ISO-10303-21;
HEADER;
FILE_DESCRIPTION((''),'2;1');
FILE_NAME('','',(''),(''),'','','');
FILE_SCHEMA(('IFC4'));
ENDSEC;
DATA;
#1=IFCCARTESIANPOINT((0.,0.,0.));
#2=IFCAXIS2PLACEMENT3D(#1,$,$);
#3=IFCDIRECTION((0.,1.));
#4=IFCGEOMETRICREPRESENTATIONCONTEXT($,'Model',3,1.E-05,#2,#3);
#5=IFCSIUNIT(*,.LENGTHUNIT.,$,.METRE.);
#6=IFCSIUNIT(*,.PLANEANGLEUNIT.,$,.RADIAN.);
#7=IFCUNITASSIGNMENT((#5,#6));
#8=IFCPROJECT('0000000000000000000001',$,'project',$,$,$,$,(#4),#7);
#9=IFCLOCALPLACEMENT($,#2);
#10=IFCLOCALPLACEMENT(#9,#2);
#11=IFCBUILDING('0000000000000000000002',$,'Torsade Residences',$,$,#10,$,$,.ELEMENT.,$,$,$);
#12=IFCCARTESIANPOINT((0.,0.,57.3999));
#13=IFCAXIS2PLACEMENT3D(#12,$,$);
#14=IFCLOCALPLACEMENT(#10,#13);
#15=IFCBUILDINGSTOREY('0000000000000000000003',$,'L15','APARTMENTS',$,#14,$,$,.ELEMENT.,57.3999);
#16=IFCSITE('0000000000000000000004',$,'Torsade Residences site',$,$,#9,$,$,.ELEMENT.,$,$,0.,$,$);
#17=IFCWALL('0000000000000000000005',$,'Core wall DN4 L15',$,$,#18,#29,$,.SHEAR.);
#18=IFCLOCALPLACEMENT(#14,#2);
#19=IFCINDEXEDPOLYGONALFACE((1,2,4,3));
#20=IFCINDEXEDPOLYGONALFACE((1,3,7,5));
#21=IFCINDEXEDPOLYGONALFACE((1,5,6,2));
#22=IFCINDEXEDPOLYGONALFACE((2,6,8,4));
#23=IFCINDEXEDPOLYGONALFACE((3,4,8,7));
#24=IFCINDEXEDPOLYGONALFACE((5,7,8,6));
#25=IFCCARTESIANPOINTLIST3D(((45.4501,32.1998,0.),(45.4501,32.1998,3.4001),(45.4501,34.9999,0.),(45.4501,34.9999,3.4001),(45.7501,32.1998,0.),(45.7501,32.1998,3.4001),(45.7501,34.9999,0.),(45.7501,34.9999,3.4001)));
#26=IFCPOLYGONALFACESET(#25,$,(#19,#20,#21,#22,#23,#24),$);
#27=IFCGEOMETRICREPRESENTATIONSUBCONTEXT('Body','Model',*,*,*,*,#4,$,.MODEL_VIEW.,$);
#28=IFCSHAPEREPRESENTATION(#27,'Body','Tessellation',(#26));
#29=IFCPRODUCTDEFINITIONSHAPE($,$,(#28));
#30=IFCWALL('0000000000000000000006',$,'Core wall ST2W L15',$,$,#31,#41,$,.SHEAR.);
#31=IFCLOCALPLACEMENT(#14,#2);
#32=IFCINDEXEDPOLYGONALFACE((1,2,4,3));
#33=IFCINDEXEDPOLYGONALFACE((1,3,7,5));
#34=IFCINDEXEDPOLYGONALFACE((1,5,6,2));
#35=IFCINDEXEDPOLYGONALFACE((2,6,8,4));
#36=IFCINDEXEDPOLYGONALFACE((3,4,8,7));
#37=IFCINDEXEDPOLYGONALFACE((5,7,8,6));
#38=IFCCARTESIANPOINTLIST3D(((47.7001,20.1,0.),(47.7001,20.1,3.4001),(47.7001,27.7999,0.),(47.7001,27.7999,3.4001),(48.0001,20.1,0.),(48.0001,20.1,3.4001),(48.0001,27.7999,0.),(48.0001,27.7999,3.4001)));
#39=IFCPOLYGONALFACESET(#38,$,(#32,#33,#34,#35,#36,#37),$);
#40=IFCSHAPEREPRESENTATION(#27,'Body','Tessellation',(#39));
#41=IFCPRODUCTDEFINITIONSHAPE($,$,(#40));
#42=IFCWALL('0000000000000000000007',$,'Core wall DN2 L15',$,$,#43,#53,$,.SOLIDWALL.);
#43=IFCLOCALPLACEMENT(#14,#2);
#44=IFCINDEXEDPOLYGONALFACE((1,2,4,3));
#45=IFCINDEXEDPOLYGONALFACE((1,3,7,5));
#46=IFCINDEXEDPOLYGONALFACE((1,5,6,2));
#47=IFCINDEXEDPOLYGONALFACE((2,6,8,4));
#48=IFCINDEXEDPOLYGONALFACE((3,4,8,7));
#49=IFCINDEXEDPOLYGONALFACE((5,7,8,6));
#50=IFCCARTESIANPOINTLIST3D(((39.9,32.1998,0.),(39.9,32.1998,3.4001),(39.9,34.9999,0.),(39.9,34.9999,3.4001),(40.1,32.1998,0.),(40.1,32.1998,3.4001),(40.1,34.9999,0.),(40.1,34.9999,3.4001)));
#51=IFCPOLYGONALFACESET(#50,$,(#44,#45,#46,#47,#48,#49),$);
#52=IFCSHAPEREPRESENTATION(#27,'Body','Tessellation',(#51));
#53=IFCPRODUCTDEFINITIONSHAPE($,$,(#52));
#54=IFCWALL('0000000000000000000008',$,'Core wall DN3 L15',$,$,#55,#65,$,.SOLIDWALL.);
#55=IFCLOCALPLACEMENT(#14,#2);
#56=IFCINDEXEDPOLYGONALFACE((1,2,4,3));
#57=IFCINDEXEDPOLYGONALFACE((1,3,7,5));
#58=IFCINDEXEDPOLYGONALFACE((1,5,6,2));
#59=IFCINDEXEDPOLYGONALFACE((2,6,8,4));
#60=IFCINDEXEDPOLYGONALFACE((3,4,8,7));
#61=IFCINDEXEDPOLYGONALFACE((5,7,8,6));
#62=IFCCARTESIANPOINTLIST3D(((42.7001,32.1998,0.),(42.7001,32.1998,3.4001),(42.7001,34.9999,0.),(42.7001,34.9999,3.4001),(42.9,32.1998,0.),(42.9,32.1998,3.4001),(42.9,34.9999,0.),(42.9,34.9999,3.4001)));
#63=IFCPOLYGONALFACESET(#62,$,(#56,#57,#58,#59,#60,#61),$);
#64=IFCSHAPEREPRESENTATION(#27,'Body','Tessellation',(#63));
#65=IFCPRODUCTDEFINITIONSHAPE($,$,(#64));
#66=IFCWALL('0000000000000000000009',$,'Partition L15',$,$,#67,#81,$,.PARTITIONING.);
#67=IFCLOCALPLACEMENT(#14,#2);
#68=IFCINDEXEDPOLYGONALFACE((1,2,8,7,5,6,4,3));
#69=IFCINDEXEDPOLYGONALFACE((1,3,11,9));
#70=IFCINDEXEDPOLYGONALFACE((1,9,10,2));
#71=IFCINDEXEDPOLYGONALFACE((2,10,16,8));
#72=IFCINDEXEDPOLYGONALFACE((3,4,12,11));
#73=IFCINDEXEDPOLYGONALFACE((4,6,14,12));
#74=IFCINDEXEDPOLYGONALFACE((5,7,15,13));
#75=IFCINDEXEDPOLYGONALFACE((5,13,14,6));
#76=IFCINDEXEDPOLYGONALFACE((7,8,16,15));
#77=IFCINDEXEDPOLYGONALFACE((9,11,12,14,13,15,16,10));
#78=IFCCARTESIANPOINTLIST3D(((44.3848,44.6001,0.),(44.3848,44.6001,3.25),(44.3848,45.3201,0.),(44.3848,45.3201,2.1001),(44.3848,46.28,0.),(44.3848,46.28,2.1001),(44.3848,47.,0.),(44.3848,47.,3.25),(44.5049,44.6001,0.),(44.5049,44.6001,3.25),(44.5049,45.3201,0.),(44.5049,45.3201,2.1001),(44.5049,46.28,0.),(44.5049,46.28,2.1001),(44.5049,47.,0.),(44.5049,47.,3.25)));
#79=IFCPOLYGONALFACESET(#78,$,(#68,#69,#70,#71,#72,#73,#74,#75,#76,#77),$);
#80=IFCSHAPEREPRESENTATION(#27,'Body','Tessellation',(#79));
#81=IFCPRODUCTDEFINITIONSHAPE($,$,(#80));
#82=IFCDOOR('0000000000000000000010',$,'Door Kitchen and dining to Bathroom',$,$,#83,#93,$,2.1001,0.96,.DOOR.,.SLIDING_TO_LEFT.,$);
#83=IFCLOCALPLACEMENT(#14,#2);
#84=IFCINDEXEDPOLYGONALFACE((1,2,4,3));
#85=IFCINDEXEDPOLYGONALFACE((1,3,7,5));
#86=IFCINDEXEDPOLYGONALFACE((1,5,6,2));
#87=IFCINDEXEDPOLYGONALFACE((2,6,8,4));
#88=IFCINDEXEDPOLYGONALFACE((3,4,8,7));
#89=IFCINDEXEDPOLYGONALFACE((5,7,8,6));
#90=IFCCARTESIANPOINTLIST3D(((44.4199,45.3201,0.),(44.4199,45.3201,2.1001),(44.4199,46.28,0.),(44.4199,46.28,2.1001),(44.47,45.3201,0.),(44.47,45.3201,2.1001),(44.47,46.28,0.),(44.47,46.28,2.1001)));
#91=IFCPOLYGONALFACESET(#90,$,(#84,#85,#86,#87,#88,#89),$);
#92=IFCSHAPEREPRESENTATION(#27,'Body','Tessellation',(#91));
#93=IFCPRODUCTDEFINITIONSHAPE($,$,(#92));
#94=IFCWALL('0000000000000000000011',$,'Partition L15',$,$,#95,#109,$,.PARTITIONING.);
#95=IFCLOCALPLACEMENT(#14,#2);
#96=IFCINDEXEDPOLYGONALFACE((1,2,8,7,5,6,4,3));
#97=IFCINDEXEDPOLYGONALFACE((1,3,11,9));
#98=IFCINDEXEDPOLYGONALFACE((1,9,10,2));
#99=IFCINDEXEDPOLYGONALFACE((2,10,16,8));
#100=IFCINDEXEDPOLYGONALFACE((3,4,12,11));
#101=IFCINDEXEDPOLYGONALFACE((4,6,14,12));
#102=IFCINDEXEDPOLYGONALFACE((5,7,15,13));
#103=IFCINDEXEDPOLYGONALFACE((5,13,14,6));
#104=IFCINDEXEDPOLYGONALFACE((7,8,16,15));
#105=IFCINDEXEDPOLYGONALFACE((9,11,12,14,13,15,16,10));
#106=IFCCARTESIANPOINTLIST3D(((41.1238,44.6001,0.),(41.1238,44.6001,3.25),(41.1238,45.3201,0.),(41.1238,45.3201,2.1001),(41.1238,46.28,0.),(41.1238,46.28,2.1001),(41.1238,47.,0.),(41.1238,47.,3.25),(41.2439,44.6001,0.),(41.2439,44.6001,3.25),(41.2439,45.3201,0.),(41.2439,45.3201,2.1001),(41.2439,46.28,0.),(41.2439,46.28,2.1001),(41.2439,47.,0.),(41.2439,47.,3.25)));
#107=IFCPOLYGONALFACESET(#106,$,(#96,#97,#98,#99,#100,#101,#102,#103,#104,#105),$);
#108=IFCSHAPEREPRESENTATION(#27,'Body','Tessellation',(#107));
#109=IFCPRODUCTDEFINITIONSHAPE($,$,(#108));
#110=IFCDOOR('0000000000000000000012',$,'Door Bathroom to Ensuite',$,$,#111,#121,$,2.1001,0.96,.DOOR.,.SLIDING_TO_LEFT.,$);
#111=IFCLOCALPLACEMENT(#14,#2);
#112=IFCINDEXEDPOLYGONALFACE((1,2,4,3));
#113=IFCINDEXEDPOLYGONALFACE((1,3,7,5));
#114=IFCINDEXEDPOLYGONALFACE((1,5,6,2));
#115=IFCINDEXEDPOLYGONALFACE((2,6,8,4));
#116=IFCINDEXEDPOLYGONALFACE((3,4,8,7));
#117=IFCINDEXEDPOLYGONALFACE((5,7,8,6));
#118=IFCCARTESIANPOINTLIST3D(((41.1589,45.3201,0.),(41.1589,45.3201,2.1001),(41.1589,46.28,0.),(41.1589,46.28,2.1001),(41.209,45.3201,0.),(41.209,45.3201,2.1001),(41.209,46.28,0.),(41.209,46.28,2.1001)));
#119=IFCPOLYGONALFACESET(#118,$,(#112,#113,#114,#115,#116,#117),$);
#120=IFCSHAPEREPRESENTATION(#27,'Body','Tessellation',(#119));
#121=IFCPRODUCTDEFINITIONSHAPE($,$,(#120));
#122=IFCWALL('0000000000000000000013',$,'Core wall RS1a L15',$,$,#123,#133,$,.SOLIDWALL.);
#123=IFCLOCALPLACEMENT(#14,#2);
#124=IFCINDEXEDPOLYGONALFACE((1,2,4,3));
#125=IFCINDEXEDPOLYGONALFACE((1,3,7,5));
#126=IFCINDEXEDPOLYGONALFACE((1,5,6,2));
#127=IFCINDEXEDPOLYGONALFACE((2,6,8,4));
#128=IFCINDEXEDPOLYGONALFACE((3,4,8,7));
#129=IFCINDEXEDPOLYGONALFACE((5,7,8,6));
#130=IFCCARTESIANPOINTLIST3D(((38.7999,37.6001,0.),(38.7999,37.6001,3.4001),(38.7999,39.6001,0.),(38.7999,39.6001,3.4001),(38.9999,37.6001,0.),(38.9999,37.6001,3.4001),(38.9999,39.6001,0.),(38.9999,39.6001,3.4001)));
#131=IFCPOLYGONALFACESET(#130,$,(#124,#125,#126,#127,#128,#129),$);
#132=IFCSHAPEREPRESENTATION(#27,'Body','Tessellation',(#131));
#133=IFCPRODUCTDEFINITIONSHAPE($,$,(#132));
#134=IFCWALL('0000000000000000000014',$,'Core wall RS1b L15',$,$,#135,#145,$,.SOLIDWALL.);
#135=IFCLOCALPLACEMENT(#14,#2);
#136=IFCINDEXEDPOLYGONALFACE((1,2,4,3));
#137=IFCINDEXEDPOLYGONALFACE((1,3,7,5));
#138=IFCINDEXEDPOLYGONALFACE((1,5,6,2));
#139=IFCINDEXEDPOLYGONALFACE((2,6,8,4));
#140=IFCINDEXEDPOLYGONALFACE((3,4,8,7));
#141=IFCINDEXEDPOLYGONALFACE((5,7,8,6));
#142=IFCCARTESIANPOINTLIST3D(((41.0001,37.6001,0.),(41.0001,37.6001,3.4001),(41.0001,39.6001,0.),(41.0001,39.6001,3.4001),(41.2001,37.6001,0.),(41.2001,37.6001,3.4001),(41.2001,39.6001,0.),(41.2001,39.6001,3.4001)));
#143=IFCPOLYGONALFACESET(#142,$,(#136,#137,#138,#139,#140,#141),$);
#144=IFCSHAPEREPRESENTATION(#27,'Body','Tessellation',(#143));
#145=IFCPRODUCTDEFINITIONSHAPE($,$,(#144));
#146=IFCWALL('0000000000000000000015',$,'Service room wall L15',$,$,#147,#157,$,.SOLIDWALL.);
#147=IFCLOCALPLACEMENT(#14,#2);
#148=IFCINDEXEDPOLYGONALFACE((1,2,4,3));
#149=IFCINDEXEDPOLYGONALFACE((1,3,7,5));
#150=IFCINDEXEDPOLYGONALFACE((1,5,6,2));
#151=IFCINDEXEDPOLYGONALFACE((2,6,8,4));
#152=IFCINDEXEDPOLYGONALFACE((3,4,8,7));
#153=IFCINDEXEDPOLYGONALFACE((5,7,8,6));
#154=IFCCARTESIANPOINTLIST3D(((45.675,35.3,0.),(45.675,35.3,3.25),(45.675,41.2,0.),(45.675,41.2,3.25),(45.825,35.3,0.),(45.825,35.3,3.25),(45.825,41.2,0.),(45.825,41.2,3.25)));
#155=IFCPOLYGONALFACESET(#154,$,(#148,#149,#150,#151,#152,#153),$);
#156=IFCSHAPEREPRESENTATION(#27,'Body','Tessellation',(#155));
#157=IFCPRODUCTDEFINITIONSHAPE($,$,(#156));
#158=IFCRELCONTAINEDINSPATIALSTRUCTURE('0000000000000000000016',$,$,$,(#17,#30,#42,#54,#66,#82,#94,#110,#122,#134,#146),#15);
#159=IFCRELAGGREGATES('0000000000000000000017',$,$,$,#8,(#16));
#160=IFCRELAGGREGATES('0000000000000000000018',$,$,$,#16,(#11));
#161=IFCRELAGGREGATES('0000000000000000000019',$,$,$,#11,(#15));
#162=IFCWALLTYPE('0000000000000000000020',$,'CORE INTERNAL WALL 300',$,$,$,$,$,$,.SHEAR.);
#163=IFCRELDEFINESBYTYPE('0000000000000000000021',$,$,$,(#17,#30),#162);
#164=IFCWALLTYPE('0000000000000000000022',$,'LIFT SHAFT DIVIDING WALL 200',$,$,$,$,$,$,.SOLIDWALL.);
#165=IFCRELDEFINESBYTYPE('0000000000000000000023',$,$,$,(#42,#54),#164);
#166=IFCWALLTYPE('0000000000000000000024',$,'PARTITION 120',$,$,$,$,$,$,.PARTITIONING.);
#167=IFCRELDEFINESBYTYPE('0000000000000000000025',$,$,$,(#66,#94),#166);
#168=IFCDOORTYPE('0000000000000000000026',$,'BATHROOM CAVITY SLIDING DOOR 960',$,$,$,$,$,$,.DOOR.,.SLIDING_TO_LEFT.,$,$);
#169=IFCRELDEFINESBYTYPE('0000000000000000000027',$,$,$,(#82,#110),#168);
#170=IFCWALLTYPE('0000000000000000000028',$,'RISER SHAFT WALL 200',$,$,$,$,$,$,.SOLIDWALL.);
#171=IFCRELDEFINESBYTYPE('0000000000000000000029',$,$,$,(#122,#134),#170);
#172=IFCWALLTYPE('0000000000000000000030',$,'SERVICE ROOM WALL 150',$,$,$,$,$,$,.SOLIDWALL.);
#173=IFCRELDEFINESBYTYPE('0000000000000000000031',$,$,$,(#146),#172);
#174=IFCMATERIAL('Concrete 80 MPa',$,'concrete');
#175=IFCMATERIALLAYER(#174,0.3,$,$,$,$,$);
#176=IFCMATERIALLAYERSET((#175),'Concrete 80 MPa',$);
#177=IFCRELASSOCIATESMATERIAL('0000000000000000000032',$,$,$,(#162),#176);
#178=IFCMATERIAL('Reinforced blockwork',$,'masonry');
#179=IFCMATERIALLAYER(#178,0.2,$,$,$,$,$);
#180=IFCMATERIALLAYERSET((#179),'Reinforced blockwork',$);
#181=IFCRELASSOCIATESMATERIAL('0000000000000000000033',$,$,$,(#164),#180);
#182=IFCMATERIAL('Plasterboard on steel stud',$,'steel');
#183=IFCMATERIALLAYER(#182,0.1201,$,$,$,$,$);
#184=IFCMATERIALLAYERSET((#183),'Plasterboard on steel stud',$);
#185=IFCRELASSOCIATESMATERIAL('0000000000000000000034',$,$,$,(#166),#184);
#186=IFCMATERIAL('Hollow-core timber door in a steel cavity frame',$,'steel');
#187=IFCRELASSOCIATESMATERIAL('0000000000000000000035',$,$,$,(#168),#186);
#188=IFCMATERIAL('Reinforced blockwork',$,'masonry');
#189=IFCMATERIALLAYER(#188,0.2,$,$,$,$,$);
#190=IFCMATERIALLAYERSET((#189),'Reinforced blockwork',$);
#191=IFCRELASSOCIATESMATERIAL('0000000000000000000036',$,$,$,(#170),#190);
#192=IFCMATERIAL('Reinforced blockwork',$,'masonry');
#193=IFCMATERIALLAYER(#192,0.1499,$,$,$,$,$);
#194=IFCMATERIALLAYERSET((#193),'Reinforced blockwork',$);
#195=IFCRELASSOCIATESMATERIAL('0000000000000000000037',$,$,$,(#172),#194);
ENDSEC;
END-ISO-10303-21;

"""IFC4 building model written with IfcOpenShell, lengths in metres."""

from ifc_helpers import new_model, si_unit, direction, frame, frame_2d, origin, place, context, subcontext, project, spatial, rectangle, extrude, material, layer, layer_set, type_object, element, fill, save


model = new_model("IFC4")

# Units and contexts
model_context = context("Model", 3, precision=1e-05, world=origin(), true_north=direction((0.0, 1.0)))
body_context = subcontext(model_context, "Body", "Model", "MODEL_VIEW")
ifc_project = project(units=[si_unit("LENGTHUNIT", "METRE"), si_unit("PLANEANGLEUNIT", "RADIAN")], contexts=[model_context])

# Site, building, storey
site_placement = place(None, origin())
site = spatial("IfcSite", under=ifc_project, at=site_placement, Name="Torsade Residences site", CompositionType="ELEMENT", RefElevation=0.0)
building_placement = place(site_placement, origin())
building = spatial("IfcBuilding", under=site, at=building_placement, Name="Torsade Residences", CompositionType="ELEMENT")
storey_placement = place(building_placement, frame((0.0, 0.0, 57.3999)))
storey = spatial("IfcBuildingStorey", under=building, at=storey_placement, Name="L15", Description="APARTMENTS", CompositionType="ELEMENT", Elevation=57.3999)

# Walls
ifc_material_1 = material(Name="Concrete 80 MPa", Category="concrete")
ifc_layer_1 = layer(ifc_material_1, 0.3)
ifc_layer_set_1 = layer_set([ifc_layer_1], Name="Concrete 80 MPa")
wall_type_1 = type_object("IfcWallType", Name="CORE INTERNAL WALL 300", PredefinedType="SHEAR", material=ifc_layer_set_1)
wall_1_placement = place(storey_placement, frame((45.6001, 32.2, 0.0), z_axis=(0.0, 0.0, 1.0), x_axis=(0.0, 1.0, 0.0)))
element("IfcWall", 1, at=wall_1_placement, inside=storey, type_object=wall_type_1, Name="Core wall DN4 L15", PredefinedType="SHEAR", context=body_context, shape_type="SweptSolid", body=[
    extrude(rectangle(XDim=2.8, YDim=0.3, at=frame_2d((1.3999, 0.0))), origin(), (0.0, 0.0, 1.0), 3.4001),
])
wall_2_placement = place(storey_placement, frame((47.8501, 27.8, 0.0), z_axis=(0.0, 0.0, 1.0), x_axis=(0.0, -1.0, 0.0)))
element("IfcWall", 2, at=wall_2_placement, inside=storey, type_object=wall_type_1, Name="Core wall ST2W L15", PredefinedType="SHEAR", context=body_context, shape_type="SweptSolid", body=[
    extrude(rectangle(XDim=7.7, YDim=0.3, at=frame_2d((3.8501, 0.0))), origin(), (0.0, 0.0, 1.0), 3.4001),
])
ifc_material_2 = material(Name="Reinforced blockwork", Category="masonry")
ifc_layer_2 = layer(ifc_material_2, 0.2)
ifc_layer_set_2 = layer_set([ifc_layer_2], Name="Reinforced blockwork")
wall_type_2 = type_object("IfcWallType", Name="LIFT SHAFT DIVIDING WALL 200", PredefinedType="SOLIDWALL", material=ifc_layer_set_2)
for number, where, z_axis, x_axis, name in (
    (3, (40.0, 32.2, 0.0), (0.0, 0.0, 1.0), (0.0, 1.0, 0.0), "Core wall DN2 L15"),
    (4, (42.8, 32.2, 0.0), (0.0, 0.0, 1.0), (0.0, 1.0, 0.0), "Core wall DN3 L15"),
):
    element("IfcWall", number, at=place(storey_placement, frame(where, z_axis=z_axis, x_axis=x_axis)), inside=storey, type_object=wall_type_2, Name=name, PredefinedType="SOLIDWALL", context=body_context, shape_type="SweptSolid", body=[
        extrude(rectangle(XDim=2.8, YDim=0.2, at=frame_2d((1.3999, 0.0))), origin(), (0.0, 0.0, 1.0), 3.4001),
    ])

# Walls, openings, doors
ifc_material_3 = material(Name="Plasterboard on steel stud", Category="steel")
ifc_layer_3 = layer(ifc_material_3, 0.1201)
ifc_layer_set_3 = layer_set([ifc_layer_3], Name="Plasterboard on steel stud")
wall_type_3 = type_object("IfcWallType", Name="PARTITION 120", PredefinedType="PARTITIONING", material=ifc_layer_set_3)
wall_3_placement = place(storey_placement, frame((44.4448, 44.6001, 0.0), z_axis=(0.0, 0.0, 1.0), x_axis=(0.0, 1.0, 0.0)))
wall_3 = element("IfcWall", 5, at=wall_3_placement, inside=storey, type_object=wall_type_3, Name="Partition L15", PredefinedType="PARTITIONING", context=body_context, shape_type="SweptSolid", body=[
    extrude(rectangle(XDim=2.3999, YDim=0.1201, at=frame_2d((1.2, 0.0))), origin(), (0.0, 0.0, 1.0), 3.25),
])
opening_1_placement = place(wall_3_placement, frame((0.72, 0.0, 0.0)))
opening_1 = element("IfcOpeningElement", 6, at=opening_1_placement, cuts=wall_3, PredefinedType="OPENING", context=body_context, shape_type="SweptSolid", body=[
    extrude(rectangle(XDim=0.96, YDim=2.1001, at=frame_2d((0.48, 1.05))), frame((0.0, 0.0701, 0.0), z_axis=(0.0, -1.0, 0.0), x_axis=(1.0, 0.0, 0.0)), (0.0, 0.0, 1.0), 0.1401),
])
ifc_material_4 = material(Name="Hollow-core timber door in a steel cavity frame", Category="steel")
door_type_1 = type_object("IfcDoorType", Name="BATHROOM CAVITY SLIDING DOOR 960", OperationType="SLIDING_TO_LEFT", PredefinedType="DOOR", material=ifc_material_4)
door_1_placement = place(opening_1_placement, origin())
door_1 = element("IfcDoor", 7, at=door_1_placement, inside=storey, type_object=door_type_1, Name="Door Kitchen and dining to Bathroom", OperationType="SLIDING_TO_LEFT", OverallHeight=2.1001, OverallWidth=0.96, PredefinedType="DOOR", context=body_context, shape_type="SweptSolid", body=[
    extrude(rectangle(XDim=0.96, YDim=2.1001, at=frame_2d((0.48, 1.05))), frame((0.0, 0.0249, 0.0), z_axis=(0.0, -1.0, 0.0), x_axis=(1.0, 0.0, 0.0)), (0.0, 0.0, 1.0), 0.05),
])
fill(opening_1, door_1)
wall_4_placement = place(storey_placement, frame((41.1838, 44.6001, 0.0), z_axis=(0.0, 0.0, 1.0), x_axis=(0.0, 1.0, 0.0)))
wall_4 = element("IfcWall", 8, at=wall_4_placement, inside=storey, type_object=wall_type_3, Name="Partition L15", PredefinedType="PARTITIONING", context=body_context, shape_type="SweptSolid", body=[
    extrude(rectangle(XDim=2.3999, YDim=0.1201, at=frame_2d((1.2, 0.0))), origin(), (0.0, 0.0, 1.0), 3.25),
])
opening_2_placement = place(wall_4_placement, frame((0.72, 0.0, 0.0)))
opening_2 = element("IfcOpeningElement", 9, at=opening_2_placement, cuts=wall_4, PredefinedType="OPENING", context=body_context, shape_type="SweptSolid", body=[
    extrude(rectangle(XDim=0.96, YDim=2.1001, at=frame_2d((0.48, 1.05))), frame((0.0, 0.0701, 0.0), z_axis=(0.0, -1.0, 0.0), x_axis=(1.0, 0.0, 0.0)), (0.0, 0.0, 1.0), 0.1401),
])
door_2_placement = place(opening_2_placement, origin())
door_2 = element("IfcDoor", 10, at=door_2_placement, inside=storey, type_object=door_type_1, Name="Door Bathroom to Ensuite", OperationType="SLIDING_TO_LEFT", OverallHeight=2.1001, OverallWidth=0.96, PredefinedType="DOOR", context=body_context, shape_type="SweptSolid", body=[
    extrude(rectangle(XDim=0.96, YDim=2.1001, at=frame_2d((0.48, 1.05))), frame((0.0, 0.0249, 0.0), z_axis=(0.0, -1.0, 0.0), x_axis=(1.0, 0.0, 0.0)), (0.0, 0.0, 1.0), 0.05),
])
fill(opening_2, door_2)

# Walls
ifc_material_5 = material(Name="Reinforced blockwork", Category="masonry")
ifc_layer_4 = layer(ifc_material_5, 0.2)
ifc_layer_set_4 = layer_set([ifc_layer_4], Name="Reinforced blockwork")
wall_type_4 = type_object("IfcWallType", Name="RISER SHAFT WALL 200", PredefinedType="SOLIDWALL", material=ifc_layer_set_4)
for number, where, z_axis, x_axis, name in (
    (11, (38.8999, 37.6001, 0.0), (0.0, 0.0, 1.0), (0.0, 1.0, 0.0), "Core wall RS1a L15"),
    (12, (41.1001, 37.6001, 0.0), (0.0, 0.0, 1.0), (0.0, 1.0, 0.0), "Core wall RS1b L15"),
):
    element("IfcWall", number, at=place(storey_placement, frame(where, z_axis=z_axis, x_axis=x_axis)), inside=storey, type_object=wall_type_4, Name=name, PredefinedType="SOLIDWALL", context=body_context, shape_type="SweptSolid", body=[
        extrude(rectangle(XDim=2.0, YDim=0.2, at=frame_2d((1.0, 0.0))), origin(), (0.0, 0.0, 1.0), 3.4001),
    ])
ifc_material_6 = material(Name="Reinforced blockwork", Category="masonry")
ifc_layer_5 = layer(ifc_material_6, 0.1499)
ifc_layer_set_5 = layer_set([ifc_layer_5], Name="Reinforced blockwork")
wall_type_5 = type_object("IfcWallType", Name="SERVICE ROOM WALL 150", PredefinedType="SOLIDWALL", material=ifc_layer_set_5)
wall_5_placement = place(storey_placement, frame((45.75, 41.2, 0.0), z_axis=(0.0, 0.0, 1.0), x_axis=(0.0, -1.0, 0.0)))
element("IfcWall", 13, at=wall_5_placement, inside=storey, type_object=wall_type_5, Name="Service room wall L15", PredefinedType="SOLIDWALL", context=body_context, shape_type="SweptSolid", body=[
    extrude(rectangle(XDim=5.8999, YDim=0.1499, at=frame_2d((2.95, 0.0))), origin(), (0.0, 0.0, 1.0), 3.25),
])

save(model, "model.ifc")
